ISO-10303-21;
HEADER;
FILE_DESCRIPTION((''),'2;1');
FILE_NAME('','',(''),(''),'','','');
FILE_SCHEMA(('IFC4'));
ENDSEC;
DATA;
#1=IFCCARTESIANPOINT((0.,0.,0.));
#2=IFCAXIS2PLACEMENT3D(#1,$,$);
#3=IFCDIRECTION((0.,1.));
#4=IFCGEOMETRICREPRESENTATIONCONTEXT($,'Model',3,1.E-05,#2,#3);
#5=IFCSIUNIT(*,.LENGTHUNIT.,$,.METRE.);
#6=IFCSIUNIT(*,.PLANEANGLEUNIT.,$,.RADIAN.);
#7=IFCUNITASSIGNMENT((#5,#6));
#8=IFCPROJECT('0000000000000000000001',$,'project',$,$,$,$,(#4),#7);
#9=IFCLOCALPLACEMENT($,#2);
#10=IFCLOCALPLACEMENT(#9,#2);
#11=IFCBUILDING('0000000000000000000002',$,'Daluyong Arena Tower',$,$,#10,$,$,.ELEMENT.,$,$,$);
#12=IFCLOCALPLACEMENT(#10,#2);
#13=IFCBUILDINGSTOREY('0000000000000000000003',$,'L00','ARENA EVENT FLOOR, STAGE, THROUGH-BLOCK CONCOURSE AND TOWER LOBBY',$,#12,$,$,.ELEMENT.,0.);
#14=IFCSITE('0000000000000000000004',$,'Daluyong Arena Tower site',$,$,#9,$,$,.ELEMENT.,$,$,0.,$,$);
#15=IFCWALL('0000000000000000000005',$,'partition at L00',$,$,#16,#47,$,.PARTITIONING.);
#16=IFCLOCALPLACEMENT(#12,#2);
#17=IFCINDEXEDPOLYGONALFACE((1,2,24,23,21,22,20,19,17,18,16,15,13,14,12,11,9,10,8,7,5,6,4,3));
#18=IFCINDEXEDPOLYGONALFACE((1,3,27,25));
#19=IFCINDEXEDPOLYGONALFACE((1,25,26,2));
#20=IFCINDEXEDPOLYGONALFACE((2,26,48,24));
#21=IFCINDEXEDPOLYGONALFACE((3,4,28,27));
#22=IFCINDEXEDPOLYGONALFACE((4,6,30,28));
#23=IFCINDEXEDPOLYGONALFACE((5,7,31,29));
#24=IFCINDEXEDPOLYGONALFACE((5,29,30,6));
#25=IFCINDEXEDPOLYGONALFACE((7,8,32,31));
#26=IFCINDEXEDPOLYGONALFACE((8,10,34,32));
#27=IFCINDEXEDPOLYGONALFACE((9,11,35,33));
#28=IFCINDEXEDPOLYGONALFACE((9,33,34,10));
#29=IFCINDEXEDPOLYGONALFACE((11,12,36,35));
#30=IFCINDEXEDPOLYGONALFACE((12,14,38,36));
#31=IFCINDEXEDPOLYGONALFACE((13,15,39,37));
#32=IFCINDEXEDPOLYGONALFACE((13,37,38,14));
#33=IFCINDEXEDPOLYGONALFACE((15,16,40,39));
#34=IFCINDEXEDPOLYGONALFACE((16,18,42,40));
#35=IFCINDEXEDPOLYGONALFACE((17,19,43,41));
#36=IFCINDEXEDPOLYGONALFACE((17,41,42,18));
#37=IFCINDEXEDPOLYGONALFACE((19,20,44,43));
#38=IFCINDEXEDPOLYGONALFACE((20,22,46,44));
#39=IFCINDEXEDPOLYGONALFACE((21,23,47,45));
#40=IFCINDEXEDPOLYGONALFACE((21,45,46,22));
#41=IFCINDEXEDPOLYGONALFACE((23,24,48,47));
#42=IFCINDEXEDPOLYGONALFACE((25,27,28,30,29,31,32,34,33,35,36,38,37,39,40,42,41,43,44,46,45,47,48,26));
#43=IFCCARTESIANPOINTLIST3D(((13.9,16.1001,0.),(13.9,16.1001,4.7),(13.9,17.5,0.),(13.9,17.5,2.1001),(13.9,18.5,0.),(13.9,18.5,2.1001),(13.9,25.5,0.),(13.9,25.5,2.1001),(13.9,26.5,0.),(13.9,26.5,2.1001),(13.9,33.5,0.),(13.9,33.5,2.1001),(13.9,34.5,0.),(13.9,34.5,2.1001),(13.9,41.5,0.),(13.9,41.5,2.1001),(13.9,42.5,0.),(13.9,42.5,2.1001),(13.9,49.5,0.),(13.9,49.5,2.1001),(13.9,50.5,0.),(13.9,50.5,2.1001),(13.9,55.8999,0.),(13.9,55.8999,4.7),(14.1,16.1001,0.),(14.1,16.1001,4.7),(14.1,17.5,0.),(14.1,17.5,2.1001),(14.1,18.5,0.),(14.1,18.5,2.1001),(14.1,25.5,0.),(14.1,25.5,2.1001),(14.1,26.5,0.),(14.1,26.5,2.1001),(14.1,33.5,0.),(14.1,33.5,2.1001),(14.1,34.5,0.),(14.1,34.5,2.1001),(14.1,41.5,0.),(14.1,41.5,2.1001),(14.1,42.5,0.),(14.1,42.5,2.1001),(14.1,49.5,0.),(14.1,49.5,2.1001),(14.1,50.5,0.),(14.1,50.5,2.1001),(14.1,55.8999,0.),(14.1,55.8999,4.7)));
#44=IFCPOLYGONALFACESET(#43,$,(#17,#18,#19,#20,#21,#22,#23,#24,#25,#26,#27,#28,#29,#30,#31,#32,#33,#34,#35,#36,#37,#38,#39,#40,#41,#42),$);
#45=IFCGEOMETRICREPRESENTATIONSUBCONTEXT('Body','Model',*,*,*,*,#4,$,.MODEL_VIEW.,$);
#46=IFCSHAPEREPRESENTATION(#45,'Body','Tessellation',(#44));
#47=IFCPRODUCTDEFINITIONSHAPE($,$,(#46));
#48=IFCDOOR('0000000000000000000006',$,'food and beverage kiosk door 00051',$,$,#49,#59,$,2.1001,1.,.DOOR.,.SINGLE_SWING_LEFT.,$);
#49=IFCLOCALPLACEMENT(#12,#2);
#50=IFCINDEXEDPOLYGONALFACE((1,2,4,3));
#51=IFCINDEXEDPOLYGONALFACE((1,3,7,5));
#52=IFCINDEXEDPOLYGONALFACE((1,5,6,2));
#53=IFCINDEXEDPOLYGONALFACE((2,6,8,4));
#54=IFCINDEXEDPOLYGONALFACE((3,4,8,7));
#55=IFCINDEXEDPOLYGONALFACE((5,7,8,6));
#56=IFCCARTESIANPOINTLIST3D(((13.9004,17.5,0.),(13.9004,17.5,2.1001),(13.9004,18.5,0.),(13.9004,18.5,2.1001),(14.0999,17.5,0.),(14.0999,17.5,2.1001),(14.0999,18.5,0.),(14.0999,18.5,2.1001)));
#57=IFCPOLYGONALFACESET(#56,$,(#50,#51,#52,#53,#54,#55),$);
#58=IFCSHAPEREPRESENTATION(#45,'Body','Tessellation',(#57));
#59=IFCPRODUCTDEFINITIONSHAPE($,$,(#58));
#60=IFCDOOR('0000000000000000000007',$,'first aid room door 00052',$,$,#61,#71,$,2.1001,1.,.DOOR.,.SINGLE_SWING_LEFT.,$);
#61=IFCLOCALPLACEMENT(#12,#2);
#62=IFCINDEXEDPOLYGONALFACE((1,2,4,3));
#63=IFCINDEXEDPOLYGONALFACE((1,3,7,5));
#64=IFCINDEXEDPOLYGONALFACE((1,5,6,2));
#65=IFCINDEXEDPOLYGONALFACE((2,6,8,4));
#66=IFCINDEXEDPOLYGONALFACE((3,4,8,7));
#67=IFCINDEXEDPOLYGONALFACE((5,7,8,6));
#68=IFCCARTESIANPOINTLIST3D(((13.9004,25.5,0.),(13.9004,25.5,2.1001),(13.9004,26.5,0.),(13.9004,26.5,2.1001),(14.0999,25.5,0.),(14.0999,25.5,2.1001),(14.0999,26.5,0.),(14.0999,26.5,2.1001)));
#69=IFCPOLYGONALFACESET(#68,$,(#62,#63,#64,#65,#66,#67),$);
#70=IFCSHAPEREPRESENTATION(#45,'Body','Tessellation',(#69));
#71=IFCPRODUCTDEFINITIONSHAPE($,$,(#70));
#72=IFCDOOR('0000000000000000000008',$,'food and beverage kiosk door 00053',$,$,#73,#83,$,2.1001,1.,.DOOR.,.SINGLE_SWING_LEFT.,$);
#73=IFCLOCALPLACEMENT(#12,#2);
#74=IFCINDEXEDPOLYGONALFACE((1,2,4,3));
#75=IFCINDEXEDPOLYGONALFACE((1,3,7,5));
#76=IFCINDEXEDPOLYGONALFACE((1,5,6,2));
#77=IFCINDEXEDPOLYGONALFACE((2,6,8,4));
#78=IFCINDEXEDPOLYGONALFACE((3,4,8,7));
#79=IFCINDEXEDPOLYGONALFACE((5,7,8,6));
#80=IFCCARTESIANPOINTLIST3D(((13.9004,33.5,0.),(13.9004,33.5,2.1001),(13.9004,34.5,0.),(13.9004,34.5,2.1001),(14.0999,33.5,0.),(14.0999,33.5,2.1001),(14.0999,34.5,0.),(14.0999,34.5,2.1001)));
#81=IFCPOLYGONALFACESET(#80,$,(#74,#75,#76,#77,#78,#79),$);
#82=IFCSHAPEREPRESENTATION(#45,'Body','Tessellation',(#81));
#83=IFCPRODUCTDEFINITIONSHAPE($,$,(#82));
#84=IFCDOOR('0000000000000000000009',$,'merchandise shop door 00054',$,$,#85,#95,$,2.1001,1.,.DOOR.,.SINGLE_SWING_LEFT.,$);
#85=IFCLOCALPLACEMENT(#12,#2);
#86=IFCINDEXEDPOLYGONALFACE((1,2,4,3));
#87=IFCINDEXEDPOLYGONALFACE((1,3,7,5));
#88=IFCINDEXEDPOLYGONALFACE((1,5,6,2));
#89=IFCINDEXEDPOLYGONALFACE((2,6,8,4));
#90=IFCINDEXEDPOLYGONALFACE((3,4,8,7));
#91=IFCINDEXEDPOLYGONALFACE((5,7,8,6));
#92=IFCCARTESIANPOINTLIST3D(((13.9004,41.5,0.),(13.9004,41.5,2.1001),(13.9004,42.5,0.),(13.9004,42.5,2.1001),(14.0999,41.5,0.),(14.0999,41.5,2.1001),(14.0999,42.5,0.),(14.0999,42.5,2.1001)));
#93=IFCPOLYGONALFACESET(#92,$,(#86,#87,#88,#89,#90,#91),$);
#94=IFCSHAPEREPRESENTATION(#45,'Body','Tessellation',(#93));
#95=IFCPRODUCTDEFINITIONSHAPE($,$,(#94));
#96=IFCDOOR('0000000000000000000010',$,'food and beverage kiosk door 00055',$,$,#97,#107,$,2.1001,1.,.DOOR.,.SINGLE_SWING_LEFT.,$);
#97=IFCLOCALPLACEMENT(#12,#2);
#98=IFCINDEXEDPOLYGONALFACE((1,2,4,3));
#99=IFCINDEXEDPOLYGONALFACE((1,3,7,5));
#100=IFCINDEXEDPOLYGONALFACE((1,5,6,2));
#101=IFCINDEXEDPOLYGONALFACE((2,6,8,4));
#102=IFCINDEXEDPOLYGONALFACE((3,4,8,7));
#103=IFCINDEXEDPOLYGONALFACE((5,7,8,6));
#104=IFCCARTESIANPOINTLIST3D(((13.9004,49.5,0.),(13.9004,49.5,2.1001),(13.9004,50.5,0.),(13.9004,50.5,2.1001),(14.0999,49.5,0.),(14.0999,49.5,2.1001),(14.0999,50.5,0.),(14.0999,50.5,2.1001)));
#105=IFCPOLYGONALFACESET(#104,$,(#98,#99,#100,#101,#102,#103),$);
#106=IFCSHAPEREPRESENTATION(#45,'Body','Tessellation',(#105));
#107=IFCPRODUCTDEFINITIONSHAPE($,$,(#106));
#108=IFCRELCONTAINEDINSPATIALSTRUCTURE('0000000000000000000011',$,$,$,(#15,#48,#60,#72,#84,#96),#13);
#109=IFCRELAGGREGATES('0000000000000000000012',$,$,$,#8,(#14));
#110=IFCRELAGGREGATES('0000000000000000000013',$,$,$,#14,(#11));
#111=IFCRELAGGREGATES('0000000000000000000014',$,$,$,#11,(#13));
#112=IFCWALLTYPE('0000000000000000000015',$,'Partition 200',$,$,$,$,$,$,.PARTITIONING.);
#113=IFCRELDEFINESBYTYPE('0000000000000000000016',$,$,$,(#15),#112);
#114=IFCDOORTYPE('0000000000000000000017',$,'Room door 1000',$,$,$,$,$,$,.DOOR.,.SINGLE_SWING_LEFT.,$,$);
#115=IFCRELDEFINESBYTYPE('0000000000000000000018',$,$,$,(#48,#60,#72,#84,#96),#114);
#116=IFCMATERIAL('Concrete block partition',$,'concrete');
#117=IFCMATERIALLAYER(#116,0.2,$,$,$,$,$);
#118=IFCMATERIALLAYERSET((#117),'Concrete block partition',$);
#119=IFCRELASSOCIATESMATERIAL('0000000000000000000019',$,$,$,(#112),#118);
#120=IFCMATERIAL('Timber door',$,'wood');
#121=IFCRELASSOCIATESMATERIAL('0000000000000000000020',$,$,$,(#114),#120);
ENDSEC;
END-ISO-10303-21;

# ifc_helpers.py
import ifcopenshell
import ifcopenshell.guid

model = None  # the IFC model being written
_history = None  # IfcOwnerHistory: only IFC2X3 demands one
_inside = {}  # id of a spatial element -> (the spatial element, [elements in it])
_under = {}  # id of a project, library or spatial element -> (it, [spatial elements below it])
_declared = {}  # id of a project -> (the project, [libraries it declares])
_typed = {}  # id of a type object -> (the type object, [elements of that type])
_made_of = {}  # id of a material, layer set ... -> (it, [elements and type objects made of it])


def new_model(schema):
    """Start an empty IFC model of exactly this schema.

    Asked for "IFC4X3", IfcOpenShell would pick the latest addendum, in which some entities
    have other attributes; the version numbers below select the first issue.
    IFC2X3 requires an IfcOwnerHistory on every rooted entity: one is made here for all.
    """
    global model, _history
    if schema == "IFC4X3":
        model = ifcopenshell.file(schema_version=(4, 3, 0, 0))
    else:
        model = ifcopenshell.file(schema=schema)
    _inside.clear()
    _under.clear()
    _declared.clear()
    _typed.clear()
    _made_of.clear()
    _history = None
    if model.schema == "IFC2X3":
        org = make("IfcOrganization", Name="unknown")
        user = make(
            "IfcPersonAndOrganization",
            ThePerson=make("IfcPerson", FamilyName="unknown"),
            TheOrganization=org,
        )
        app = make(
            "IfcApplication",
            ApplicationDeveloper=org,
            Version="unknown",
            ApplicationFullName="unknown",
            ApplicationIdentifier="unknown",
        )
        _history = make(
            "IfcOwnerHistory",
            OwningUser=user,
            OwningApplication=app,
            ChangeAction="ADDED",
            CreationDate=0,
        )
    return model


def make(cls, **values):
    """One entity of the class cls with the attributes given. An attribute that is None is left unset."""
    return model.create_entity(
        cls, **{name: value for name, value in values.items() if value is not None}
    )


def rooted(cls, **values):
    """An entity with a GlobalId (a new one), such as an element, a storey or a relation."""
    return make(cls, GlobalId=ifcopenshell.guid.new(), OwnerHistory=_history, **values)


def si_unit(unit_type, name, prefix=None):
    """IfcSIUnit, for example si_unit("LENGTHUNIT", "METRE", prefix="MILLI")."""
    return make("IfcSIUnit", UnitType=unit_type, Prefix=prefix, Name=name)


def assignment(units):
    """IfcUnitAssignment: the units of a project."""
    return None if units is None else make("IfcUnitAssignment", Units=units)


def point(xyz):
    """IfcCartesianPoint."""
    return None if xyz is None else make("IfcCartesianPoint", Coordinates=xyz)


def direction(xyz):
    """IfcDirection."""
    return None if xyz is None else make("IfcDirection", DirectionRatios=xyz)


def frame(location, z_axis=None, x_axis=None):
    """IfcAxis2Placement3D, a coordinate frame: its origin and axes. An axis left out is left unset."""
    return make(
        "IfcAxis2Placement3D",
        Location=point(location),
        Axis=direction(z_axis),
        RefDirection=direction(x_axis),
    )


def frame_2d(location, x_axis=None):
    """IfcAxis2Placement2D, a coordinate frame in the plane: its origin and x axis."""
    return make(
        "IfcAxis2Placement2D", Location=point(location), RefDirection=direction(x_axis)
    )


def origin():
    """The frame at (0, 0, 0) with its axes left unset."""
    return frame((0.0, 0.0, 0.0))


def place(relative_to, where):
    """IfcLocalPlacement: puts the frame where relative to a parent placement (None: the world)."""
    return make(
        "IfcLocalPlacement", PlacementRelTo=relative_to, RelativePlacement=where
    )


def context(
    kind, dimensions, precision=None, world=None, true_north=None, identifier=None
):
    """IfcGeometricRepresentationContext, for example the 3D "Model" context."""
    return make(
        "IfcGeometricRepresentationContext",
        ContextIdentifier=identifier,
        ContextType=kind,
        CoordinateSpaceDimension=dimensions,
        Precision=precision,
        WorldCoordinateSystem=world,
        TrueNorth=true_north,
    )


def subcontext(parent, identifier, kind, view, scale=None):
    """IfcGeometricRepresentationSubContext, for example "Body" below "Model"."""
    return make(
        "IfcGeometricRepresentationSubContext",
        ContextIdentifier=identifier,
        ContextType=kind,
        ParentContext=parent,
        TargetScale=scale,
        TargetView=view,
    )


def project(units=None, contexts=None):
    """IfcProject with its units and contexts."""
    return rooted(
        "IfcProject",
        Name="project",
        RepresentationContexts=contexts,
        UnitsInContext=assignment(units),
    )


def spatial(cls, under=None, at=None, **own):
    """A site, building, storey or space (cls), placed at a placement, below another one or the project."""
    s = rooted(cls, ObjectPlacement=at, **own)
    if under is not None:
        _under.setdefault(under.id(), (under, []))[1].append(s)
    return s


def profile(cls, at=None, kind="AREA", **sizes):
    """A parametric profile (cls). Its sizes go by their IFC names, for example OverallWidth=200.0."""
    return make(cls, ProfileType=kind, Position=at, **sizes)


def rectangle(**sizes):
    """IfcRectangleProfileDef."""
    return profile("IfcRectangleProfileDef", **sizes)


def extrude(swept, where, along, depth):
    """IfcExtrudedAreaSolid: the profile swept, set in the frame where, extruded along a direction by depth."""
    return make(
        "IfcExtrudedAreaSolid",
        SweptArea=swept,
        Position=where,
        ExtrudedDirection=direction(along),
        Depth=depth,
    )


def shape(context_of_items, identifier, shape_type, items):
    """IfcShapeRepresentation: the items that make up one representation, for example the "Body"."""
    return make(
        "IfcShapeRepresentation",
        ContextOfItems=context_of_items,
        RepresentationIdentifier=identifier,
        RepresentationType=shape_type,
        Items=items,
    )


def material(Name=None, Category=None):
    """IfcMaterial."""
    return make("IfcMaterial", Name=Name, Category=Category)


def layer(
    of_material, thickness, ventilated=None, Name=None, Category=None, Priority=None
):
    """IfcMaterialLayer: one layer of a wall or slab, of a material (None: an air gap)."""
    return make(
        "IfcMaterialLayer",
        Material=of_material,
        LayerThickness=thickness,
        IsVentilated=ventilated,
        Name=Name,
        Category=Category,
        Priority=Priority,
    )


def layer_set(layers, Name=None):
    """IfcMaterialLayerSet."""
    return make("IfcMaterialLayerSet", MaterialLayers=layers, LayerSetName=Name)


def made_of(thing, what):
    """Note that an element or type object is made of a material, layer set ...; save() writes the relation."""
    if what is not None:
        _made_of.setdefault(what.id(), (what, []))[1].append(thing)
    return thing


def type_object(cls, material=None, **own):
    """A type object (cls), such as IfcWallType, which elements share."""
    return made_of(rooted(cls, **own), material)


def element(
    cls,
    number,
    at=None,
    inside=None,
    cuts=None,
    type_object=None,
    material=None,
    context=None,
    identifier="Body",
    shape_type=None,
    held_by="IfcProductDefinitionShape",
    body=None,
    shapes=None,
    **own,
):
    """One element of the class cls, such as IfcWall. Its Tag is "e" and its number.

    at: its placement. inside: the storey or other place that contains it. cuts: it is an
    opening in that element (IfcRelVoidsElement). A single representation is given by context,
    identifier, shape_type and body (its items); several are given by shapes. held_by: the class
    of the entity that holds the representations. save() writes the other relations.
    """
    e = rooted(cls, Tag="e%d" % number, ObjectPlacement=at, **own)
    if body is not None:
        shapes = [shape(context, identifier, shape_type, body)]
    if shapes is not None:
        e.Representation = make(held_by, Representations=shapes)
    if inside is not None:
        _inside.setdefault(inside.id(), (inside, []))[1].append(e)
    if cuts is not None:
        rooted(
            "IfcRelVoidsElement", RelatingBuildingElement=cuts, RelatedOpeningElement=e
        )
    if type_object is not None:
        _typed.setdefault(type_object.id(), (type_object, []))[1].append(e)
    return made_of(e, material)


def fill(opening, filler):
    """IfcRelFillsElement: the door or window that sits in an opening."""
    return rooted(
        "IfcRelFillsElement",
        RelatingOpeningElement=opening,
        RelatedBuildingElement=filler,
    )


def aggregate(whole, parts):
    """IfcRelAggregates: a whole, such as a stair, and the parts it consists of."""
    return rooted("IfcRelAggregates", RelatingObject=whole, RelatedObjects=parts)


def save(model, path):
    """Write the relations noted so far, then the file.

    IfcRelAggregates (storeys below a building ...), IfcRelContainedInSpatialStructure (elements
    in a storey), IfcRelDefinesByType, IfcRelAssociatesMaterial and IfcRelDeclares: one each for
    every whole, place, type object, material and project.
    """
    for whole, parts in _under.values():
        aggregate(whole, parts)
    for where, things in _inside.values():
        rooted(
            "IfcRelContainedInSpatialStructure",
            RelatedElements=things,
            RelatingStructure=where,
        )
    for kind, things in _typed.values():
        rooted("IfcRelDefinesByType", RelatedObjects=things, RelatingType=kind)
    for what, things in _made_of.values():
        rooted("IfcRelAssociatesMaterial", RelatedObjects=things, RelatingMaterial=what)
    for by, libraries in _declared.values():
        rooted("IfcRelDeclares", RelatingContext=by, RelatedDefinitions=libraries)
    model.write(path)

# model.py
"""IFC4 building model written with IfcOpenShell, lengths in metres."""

from ifc_helpers import new_model, si_unit, direction, frame, frame_2d, origin, place, context, subcontext, project, spatial, rectangle, extrude, material, layer, layer_set, type_object, element, fill, save


model = new_model("IFC4")

# Units and contexts
model_context = context("Model", 3, precision=1e-05, world=origin(), true_north=direction((0.0, 1.0)))
body_context = subcontext(model_context, "Body", "Model", "MODEL_VIEW")
ifc_project = project(units=[si_unit("LENGTHUNIT", "METRE"), si_unit("PLANEANGLEUNIT", "RADIAN")], contexts=[model_context])

# Site, building, storey
site_placement = place(None, origin())
site = spatial("IfcSite", under=ifc_project, at=site_placement, Name="Daluyong Arena Tower site", CompositionType="ELEMENT", RefElevation=0.0)
building_placement = place(site_placement, origin())
building = spatial("IfcBuilding", under=site, at=building_placement, Name="Daluyong Arena Tower", CompositionType="ELEMENT")
storey_placement = place(building_placement, origin())
storey = spatial("IfcBuildingStorey", under=building, at=storey_placement, Name="L00", Description="ARENA EVENT FLOOR, STAGE, THROUGH-BLOCK CONCOURSE AND TOWER LOBBY", CompositionType="ELEMENT", Elevation=0.0)

# Shared definitions
ifc_material_1 = material(Name="Concrete block partition", Category="concrete")
ifc_layer_1 = layer(ifc_material_1, 0.2)
ifc_layer_set_1 = layer_set([ifc_layer_1], Name="Concrete block partition")
wall_type = type_object("IfcWallType", Name="Partition 200", PredefinedType="PARTITIONING", material=ifc_layer_set_1)

# Wall, openings, doors
wall_1_placement = place(storey_placement, frame((14.0, 16.1001, 0.0), z_axis=(0.0, 0.0, 1.0), x_axis=(0.0, 1.0, 0.0)))
wall_1 = element("IfcWall", 1, at=wall_1_placement, inside=storey, type_object=wall_type, Name="partition at L00", PredefinedType="PARTITIONING", context=body_context, shape_type="SweptSolid", body=[
    extrude(rectangle(XDim=39.7998, YDim=0.2, at=frame_2d((19.8999, 0.0))), origin(), (0.0, 0.0, 1.0), 4.7),
])
opening_1_placement = place(wall_1_placement, frame((1.3999, 0.0, 0.0)))
opening_1 = element("IfcOpeningElement", 2, at=opening_1_placement, cuts=wall_1, PredefinedType="OPENING", context=body_context, shape_type="SweptSolid", body=[
    extrude(rectangle(XDim=1.0, YDim=2.1001, at=frame_2d((0.5, 1.05))), frame((0.0, 0.1099, 0.0), z_axis=(0.0, -1.0, 0.0), x_axis=(1.0, 0.0, 0.0)), (0.0, 0.0, 1.0), 0.22),
])
opening_2_placement = place(wall_1_placement, frame((9.3999, 0.0, 0.0)))
opening_2 = element("IfcOpeningElement", 3, at=opening_2_placement, cuts=wall_1, PredefinedType="OPENING", context=body_context, shape_type="SweptSolid", body=[
    extrude(rectangle(XDim=1.0, YDim=2.1001, at=frame_2d((0.5, 1.05))), frame((0.0, 0.1099, 0.0), z_axis=(0.0, -1.0, 0.0), x_axis=(1.0, 0.0, 0.0)), (0.0, 0.0, 1.0), 0.22),
])
opening_3_placement = place(wall_1_placement, frame((17.3999, 0.0, 0.0)))
opening_3 = element("IfcOpeningElement", 4, at=opening_3_placement, cuts=wall_1, PredefinedType="OPENING", context=body_context, shape_type="SweptSolid", body=[
    extrude(rectangle(XDim=1.0, YDim=2.1001, at=frame_2d((0.5, 1.05))), frame((0.0, 0.1099, 0.0), z_axis=(0.0, -1.0, 0.0), x_axis=(1.0, 0.0, 0.0)), (0.0, 0.0, 1.0), 0.22),
])
opening_4_placement = place(wall_1_placement, frame((25.3999, 0.0, 0.0)))
opening_4 = element("IfcOpeningElement", 5, at=opening_4_placement, cuts=wall_1, PredefinedType="OPENING", context=body_context, shape_type="SweptSolid", body=[
    extrude(rectangle(XDim=1.0, YDim=2.1001, at=frame_2d((0.5, 1.05))), frame((0.0, 0.1099, 0.0), z_axis=(0.0, -1.0, 0.0), x_axis=(1.0, 0.0, 0.0)), (0.0, 0.0, 1.0), 0.22),
])
opening_5_placement = place(wall_1_placement, frame((33.3999, 0.0, 0.0)))
opening_5 = element("IfcOpeningElement", 6, at=opening_5_placement, cuts=wall_1, PredefinedType="OPENING", context=body_context, shape_type="SweptSolid", body=[
    extrude(rectangle(XDim=1.0, YDim=2.1001, at=frame_2d((0.5, 1.05))), frame((0.0, 0.1099, 0.0), z_axis=(0.0, -1.0, 0.0), x_axis=(1.0, 0.0, 0.0)), (0.0, 0.0, 1.0), 0.22),
])
ifc_material_2 = material(Name="Timber door", Category="wood")
door_type_1 = type_object("IfcDoorType", Name="Room door 1000", OperationType="SINGLE_SWING_LEFT", PredefinedType="DOOR", material=ifc_material_2)
door_1_placement = place(opening_1_placement, origin())
door_1 = element("IfcDoor", 7, at=door_1_placement, inside=storey, type_object=door_type_1, Name="food and beverage kiosk door 00051", OperationType="SINGLE_SWING_LEFT", OverallHeight=2.1001, OverallWidth=1.0, PredefinedType="DOOR", context=body_context, shape_type="SweptSolid", body=[
    extrude(rectangle(XDim=1.0, YDim=2.1001, at=frame_2d((0.5, 1.05))), frame((0.0, 0.0996, 0.0), z_axis=(0.0, -1.0, 0.0), x_axis=(1.0, 0.0, 0.0)), (0.0, 0.0, 1.0), 0.1995),
])
fill(opening_1, door_1)
door_2_placement = place(opening_2_placement, origin())
door_2 = element("IfcDoor", 8, at=door_2_placement, inside=storey, type_object=door_type_1, Name="first aid room door 00052", OperationType="SINGLE_SWING_LEFT", OverallHeight=2.1001, OverallWidth=1.0, PredefinedType="DOOR", context=body_context, shape_type="SweptSolid", body=[
    extrude(rectangle(XDim=1.0, YDim=2.1001, at=frame_2d((0.5, 1.05))), frame((0.0, 0.0996, 0.0), z_axis=(0.0, -1.0, 0.0), x_axis=(1.0, 0.0, 0.0)), (0.0, 0.0, 1.0), 0.1995),
])
fill(opening_2, door_2)
door_3_placement = place(opening_3_placement, origin())
door_3 = element("IfcDoor", 9, at=door_3_placement, inside=storey, type_object=door_type_1, Name="food and beverage kiosk door 00053", OperationType="SINGLE_SWING_LEFT", OverallHeight=2.1001, OverallWidth=1.0, PredefinedType="DOOR", context=body_context, shape_type="SweptSolid", body=[
    extrude(rectangle(XDim=1.0, YDim=2.1001, at=frame_2d((0.5, 1.05))), frame((0.0, 0.0996, 0.0), z_axis=(0.0, -1.0, 0.0), x_axis=(1.0, 0.0, 0.0)), (0.0, 0.0, 1.0), 0.1995),
])
fill(opening_3, door_3)
door_4_placement = place(opening_4_placement, origin())
door_4 = element("IfcDoor", 10, at=door_4_placement, inside=storey, type_object=door_type_1, Name="merchandise shop door 00054", OperationType="SINGLE_SWING_LEFT", OverallHeight=2.1001, OverallWidth=1.0, PredefinedType="DOOR", context=body_context, shape_type="SweptSolid", body=[
    extrude(rectangle(XDim=1.0, YDim=2.1001, at=frame_2d((0.5, 1.05))), frame((0.0, 0.0996, 0.0), z_axis=(0.0, -1.0, 0.0), x_axis=(1.0, 0.0, 0.0)), (0.0, 0.0, 1.0), 0.1995),
])
fill(opening_4, door_4)
door_5_placement = place(opening_5_placement, origin())
door_5 = element("IfcDoor", 11, at=door_5_placement, inside=storey, type_object=door_type_1, Name="food and beverage kiosk door 00055", OperationType="SINGLE_SWING_LEFT", OverallHeight=2.1001, OverallWidth=1.0, PredefinedType="DOOR", context=body_context, shape_type="SweptSolid", body=[
    extrude(rectangle(XDim=1.0, YDim=2.1001, at=frame_2d((0.5, 1.05))), frame((0.0, 0.0996, 0.0), z_axis=(0.0, -1.0, 0.0), x_axis=(1.0, 0.0, 0.0)), (0.0, 0.0, 1.0), 0.1995),
])
fill(opening_5, door_5)

save(model, "model.ifc")
